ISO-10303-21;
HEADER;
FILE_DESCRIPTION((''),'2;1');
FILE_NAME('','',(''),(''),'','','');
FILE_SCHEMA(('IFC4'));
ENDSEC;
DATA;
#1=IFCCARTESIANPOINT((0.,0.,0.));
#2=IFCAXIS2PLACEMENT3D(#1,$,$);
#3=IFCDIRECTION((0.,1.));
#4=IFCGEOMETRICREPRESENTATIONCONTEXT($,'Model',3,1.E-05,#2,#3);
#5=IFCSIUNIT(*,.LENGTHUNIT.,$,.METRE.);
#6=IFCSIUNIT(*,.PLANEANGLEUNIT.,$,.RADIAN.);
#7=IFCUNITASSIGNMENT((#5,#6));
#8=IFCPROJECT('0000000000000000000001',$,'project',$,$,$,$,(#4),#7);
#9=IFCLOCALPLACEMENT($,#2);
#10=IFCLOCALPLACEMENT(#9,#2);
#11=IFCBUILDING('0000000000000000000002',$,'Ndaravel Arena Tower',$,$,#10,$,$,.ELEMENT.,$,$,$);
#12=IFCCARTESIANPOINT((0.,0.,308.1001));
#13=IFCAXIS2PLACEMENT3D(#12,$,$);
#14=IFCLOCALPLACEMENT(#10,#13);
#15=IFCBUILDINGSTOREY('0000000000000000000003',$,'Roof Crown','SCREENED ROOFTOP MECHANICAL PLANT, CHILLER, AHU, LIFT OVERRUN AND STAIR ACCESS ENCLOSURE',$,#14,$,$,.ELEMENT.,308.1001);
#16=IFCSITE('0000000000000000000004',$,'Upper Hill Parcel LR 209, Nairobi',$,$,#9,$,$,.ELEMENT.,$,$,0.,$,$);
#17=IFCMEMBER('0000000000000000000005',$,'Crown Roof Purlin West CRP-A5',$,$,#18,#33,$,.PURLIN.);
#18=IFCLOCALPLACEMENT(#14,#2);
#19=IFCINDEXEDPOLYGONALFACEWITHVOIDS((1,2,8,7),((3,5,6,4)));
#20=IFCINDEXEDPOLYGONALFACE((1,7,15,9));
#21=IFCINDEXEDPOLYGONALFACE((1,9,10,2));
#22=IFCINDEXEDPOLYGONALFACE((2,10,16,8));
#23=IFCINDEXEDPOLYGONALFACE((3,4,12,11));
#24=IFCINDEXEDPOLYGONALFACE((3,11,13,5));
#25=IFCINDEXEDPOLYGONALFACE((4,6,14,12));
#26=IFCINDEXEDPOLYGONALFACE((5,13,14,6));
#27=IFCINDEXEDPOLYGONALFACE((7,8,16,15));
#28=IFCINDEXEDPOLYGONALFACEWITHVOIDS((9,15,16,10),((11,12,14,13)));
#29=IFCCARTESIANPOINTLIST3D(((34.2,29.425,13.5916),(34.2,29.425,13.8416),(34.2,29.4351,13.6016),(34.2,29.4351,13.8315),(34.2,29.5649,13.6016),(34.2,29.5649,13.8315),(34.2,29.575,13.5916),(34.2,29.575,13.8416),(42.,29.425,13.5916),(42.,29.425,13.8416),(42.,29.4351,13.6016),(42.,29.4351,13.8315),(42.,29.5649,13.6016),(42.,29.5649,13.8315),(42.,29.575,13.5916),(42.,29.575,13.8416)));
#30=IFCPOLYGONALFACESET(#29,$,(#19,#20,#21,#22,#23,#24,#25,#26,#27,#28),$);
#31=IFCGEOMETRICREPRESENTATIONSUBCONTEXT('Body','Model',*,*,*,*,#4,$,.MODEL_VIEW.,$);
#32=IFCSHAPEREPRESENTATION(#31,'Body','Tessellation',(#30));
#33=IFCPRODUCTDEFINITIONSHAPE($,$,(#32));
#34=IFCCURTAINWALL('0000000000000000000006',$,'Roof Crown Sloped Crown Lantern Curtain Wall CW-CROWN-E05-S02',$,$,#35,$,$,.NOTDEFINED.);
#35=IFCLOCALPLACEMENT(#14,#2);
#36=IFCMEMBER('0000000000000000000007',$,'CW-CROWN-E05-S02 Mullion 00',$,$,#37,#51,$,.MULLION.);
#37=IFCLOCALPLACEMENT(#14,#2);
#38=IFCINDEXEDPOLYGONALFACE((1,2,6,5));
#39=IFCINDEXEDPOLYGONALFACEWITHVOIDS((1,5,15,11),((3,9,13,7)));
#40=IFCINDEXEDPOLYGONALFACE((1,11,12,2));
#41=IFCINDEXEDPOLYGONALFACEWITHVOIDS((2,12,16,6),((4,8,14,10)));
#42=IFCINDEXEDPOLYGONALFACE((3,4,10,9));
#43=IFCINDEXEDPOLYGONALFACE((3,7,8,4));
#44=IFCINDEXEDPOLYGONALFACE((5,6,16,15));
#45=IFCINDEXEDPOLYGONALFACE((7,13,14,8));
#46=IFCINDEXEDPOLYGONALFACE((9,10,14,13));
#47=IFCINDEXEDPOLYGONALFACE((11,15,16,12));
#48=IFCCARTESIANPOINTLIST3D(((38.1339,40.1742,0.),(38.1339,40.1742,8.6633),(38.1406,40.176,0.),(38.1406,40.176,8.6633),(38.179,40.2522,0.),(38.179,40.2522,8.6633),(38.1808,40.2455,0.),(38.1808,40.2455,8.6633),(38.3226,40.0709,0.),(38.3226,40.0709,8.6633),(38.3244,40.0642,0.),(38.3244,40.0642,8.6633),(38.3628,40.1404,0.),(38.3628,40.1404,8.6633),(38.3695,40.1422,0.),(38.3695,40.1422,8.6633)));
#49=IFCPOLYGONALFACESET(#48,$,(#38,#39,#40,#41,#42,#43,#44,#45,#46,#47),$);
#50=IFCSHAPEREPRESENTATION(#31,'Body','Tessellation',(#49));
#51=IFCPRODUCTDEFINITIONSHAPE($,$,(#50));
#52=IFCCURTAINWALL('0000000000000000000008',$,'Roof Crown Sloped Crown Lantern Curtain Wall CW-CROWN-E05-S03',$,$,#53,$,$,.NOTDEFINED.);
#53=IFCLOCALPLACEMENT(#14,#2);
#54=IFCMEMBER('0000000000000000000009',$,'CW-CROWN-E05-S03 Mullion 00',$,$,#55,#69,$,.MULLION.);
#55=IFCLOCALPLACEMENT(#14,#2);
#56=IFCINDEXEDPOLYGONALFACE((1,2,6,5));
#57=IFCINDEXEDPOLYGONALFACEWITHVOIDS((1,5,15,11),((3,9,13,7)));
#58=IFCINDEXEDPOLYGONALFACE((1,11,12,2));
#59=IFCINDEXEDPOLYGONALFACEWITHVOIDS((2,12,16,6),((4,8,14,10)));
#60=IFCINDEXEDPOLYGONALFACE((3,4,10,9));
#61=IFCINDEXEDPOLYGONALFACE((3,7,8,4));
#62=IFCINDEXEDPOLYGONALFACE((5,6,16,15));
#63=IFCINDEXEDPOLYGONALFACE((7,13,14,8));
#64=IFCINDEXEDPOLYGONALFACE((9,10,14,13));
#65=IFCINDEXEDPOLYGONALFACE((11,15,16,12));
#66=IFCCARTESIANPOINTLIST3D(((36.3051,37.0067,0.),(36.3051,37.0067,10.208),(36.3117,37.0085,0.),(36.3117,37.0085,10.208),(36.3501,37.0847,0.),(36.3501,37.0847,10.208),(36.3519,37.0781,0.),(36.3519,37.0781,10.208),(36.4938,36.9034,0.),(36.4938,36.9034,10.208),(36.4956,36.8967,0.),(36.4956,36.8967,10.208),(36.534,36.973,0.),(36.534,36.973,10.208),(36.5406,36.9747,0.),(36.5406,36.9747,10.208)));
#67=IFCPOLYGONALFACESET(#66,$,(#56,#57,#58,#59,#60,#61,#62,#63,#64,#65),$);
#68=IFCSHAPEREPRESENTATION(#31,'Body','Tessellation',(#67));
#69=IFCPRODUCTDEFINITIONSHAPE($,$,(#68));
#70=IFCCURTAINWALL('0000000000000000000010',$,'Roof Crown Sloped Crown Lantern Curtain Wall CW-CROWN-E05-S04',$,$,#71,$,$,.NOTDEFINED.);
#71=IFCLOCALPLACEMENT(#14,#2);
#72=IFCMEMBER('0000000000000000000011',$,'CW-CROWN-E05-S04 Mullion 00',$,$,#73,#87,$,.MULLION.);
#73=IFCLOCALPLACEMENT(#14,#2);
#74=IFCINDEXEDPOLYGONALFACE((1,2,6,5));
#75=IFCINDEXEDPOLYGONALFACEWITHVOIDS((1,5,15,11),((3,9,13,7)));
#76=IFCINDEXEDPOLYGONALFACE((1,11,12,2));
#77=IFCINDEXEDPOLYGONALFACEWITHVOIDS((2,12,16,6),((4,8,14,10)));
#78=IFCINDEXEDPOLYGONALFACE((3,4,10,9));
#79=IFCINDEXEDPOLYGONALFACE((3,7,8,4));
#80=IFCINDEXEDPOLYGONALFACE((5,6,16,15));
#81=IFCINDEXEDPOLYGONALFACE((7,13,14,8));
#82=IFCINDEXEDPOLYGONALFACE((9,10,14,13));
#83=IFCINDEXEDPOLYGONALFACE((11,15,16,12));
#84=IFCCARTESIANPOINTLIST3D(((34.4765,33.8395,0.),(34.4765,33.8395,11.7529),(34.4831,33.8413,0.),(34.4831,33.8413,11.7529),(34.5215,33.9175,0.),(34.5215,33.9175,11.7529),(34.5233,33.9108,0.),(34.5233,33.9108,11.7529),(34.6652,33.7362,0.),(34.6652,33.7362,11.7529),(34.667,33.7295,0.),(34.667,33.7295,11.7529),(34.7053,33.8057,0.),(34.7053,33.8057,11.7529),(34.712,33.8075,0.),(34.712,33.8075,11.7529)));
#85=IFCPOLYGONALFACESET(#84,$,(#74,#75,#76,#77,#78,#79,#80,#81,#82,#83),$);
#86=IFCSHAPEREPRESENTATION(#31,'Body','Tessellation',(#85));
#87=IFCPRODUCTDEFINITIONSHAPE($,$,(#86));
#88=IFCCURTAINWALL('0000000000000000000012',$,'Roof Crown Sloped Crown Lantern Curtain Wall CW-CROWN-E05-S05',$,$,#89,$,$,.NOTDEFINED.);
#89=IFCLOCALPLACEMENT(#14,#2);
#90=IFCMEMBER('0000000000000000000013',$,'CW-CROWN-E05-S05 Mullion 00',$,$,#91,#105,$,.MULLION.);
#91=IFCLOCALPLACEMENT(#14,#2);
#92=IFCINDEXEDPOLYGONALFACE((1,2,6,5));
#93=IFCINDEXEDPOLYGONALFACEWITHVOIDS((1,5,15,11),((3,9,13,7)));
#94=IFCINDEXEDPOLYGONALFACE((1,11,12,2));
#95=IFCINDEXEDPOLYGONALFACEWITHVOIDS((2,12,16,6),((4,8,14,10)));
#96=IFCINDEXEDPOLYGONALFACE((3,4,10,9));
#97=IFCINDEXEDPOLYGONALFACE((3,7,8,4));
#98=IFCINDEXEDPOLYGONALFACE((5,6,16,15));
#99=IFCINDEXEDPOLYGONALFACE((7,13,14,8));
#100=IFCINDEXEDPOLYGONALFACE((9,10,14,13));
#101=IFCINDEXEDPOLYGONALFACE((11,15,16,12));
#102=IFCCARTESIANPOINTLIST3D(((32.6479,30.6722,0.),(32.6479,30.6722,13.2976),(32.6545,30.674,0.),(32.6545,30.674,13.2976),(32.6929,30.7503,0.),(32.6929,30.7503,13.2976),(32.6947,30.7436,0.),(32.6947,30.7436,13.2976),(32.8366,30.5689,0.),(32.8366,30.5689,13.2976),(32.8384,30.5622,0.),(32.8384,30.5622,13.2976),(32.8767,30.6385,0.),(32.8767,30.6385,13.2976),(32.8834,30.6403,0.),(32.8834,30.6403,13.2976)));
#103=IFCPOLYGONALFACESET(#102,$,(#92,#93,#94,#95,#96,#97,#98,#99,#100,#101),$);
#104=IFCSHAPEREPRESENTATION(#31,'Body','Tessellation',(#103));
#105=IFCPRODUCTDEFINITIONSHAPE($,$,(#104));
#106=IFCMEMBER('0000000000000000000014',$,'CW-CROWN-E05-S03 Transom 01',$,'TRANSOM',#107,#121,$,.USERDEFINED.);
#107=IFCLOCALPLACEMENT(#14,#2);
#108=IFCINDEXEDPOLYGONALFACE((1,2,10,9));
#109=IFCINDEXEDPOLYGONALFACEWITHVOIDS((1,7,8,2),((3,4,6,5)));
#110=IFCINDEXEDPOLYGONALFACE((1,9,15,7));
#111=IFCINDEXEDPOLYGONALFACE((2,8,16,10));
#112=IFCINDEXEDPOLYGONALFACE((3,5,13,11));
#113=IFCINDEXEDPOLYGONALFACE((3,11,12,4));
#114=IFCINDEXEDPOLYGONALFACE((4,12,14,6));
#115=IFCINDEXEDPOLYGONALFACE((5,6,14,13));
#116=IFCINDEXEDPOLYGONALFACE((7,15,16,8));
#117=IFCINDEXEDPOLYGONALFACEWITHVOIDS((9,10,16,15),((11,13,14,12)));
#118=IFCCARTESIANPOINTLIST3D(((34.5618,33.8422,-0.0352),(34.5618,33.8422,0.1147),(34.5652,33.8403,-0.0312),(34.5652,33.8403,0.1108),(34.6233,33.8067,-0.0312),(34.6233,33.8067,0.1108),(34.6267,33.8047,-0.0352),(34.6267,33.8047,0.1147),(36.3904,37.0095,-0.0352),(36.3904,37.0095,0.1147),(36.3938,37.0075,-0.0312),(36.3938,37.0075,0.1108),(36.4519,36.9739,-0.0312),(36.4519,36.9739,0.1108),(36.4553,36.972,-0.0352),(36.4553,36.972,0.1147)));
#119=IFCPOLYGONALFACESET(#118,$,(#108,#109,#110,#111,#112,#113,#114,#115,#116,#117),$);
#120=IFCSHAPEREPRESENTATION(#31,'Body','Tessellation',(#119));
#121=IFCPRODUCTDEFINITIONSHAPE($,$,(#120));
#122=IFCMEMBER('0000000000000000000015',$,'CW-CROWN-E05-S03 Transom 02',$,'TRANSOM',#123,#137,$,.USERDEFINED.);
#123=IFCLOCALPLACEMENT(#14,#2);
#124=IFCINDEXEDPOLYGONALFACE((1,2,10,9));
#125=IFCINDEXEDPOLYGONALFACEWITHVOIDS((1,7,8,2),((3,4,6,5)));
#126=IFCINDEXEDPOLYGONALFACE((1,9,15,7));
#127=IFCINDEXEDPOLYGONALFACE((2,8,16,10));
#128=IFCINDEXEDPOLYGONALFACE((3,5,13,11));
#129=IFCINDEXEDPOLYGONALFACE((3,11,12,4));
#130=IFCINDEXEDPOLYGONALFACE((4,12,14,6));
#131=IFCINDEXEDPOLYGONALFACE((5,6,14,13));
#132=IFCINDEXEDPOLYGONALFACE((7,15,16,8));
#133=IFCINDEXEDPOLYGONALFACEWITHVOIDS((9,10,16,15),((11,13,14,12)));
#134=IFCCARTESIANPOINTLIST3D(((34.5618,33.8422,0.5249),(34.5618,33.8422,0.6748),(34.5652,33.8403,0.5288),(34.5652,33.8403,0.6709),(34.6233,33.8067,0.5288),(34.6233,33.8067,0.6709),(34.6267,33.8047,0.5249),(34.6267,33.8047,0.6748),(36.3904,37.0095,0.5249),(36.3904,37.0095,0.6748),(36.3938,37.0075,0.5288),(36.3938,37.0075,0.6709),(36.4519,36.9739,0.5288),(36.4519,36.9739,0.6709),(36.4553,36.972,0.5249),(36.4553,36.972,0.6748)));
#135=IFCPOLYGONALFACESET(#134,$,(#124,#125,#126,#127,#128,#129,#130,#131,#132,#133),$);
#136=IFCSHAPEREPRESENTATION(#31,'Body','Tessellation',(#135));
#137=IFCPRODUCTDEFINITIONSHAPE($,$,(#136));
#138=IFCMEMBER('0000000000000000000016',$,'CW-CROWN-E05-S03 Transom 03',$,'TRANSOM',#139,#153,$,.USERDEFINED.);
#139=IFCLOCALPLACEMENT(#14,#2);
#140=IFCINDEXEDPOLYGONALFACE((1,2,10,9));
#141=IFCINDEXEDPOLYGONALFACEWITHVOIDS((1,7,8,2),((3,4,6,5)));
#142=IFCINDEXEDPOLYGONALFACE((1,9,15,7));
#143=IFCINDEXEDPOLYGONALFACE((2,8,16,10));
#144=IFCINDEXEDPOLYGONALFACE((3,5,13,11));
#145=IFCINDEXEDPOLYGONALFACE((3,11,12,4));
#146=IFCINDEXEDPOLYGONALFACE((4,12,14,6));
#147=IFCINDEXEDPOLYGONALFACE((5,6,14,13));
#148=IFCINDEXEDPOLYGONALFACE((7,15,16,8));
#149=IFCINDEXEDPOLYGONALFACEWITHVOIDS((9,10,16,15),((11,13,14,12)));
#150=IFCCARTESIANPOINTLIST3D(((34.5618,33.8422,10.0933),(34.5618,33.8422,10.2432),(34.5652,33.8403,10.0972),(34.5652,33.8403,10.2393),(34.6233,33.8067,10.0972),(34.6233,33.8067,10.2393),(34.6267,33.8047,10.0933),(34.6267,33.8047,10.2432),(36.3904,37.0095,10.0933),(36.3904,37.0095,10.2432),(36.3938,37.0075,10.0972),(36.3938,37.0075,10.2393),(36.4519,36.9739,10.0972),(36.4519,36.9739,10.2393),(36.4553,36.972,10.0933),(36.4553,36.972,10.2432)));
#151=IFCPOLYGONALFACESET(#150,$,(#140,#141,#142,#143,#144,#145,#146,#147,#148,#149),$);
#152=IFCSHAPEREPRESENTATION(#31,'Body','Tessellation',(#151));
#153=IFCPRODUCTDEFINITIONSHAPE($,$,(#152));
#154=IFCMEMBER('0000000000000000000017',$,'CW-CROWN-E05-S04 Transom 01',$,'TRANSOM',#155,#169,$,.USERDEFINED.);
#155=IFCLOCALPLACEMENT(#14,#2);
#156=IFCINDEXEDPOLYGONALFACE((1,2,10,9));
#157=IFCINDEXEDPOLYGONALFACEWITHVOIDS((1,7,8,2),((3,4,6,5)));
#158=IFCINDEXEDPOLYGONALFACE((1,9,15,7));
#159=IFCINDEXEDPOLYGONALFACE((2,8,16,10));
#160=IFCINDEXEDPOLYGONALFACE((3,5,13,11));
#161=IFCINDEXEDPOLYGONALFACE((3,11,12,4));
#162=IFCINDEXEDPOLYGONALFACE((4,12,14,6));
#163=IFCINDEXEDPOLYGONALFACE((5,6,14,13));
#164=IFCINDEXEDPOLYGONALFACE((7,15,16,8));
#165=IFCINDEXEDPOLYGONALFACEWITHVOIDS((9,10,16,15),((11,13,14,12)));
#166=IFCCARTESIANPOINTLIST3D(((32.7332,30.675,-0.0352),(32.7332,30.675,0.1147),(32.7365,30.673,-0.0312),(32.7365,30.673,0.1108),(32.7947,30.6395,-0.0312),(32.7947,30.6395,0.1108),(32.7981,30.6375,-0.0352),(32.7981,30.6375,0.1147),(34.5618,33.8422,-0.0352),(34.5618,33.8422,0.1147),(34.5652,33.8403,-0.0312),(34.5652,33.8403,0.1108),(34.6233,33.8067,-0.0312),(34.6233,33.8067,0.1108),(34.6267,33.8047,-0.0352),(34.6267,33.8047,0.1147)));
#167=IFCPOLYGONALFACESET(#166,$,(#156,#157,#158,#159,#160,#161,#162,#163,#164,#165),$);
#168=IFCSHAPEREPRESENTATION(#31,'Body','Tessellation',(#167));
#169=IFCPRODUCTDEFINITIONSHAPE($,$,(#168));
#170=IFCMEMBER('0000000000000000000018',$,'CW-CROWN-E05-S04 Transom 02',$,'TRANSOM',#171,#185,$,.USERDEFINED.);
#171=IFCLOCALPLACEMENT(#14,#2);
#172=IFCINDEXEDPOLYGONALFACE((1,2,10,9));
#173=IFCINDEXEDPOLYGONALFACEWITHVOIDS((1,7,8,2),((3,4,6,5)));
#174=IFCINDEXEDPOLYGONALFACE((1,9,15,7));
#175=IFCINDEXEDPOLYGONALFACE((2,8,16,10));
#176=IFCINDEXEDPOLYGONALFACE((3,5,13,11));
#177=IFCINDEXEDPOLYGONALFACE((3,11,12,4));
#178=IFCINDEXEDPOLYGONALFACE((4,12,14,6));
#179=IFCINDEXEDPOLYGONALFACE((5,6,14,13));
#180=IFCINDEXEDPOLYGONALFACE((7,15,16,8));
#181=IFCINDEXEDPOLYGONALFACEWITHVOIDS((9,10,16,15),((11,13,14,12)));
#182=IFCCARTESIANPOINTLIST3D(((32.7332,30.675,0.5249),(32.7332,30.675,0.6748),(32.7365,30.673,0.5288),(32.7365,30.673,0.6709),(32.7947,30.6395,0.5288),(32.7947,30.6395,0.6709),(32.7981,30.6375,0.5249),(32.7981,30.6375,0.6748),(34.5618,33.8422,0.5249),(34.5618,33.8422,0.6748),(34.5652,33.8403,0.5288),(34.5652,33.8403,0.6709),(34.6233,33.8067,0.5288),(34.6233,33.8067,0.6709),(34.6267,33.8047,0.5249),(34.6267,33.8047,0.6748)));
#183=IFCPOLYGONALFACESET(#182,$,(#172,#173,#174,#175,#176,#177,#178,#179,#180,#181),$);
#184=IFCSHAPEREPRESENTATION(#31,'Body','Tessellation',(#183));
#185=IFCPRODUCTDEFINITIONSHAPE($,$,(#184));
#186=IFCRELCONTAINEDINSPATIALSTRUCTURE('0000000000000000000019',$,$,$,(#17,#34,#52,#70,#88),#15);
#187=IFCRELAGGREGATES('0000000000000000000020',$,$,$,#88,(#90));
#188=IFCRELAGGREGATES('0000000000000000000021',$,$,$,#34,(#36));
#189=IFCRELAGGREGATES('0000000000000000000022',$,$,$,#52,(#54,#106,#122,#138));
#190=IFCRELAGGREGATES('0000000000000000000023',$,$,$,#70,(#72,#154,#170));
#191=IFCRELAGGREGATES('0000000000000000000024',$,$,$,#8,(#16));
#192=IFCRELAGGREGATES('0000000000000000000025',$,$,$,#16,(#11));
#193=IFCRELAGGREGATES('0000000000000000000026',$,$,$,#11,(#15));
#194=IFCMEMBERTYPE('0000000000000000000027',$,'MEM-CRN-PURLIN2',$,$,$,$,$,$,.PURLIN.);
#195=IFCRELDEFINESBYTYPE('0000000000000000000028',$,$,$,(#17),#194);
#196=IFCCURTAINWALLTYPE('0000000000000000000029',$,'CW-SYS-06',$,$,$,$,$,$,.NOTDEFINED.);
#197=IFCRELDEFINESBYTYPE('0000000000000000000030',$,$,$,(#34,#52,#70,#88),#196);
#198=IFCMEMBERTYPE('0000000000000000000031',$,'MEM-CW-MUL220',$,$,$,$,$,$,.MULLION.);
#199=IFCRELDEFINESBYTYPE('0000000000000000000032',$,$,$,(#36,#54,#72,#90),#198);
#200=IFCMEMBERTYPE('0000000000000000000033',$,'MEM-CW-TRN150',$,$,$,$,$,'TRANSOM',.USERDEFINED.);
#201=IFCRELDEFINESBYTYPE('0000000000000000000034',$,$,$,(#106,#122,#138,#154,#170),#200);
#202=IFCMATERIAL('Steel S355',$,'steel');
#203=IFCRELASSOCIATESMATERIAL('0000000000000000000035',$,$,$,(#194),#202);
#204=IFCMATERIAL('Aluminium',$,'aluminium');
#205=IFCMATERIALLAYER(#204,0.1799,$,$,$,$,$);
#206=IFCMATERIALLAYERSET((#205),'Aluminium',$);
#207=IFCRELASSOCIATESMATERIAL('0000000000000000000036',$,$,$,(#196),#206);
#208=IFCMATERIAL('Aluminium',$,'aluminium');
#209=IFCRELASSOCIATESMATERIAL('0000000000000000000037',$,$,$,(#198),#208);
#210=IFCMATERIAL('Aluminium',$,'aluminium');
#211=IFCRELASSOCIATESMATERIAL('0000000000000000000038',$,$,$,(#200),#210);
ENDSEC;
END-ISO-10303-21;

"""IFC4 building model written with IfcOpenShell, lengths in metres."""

from ifc_helpers import new_model, si_unit, direction, frame, origin, origin_2d, place, context, subcontext, project, spatial, hollow_rectangle, extrude, material, layer, layer_set, material_profile, profile_set, type_object, element, aggregate, save


model = new_model("IFC4")

# Units and contexts
model_context = context("Model", 3, precision=1e-05, world=origin(), true_north=direction((0.0, 1.0)))
body_context = subcontext(model_context, "Body", "Model", "MODEL_VIEW")
ifc_project = project(units=[si_unit("LENGTHUNIT", "METRE"), si_unit("PLANEANGLEUNIT", "RADIAN")], contexts=[model_context])

# Site, building, storey
site_placement = place(None, origin())
site = spatial("IfcSite", under=ifc_project, at=site_placement, Name="Upper Hill Parcel LR 209, Nairobi", CompositionType="ELEMENT", RefElevation=0.0)
building_placement = place(site_placement, origin())
building = spatial("IfcBuilding", under=site, at=building_placement, Name="Ndaravel Arena Tower", CompositionType="ELEMENT")
storey_placement = place(building_placement, frame((0.0, 0.0, 308.1001)))
storey = spatial("IfcBuildingStorey", under=building, at=storey_placement, Name="Roof Crown", Description="SCREENED ROOFTOP MECHANICAL PLANT, CHILLER, AHU, LIFT OVERRUN AND STAIR ACCESS ENCLOSURE", CompositionType="ELEMENT", Elevation=308.1001)

# Member
ifc_material_1 = material(Name="Steel S355", Category="steel")
ifc_material_profile_1 = material_profile(ifc_material_1, hollow_rectangle(XDim=0.1499, YDim=0.25, WallThickness=0.01, at=origin_2d()), Name="RHS 250x150x10")
ifc_profile_set_1 = profile_set([ifc_material_profile_1], Name="Steel S355")
member_type_1 = type_object("IfcMemberType", Name="MEM-CRN-PURLIN2", PredefinedType="PURLIN", material=ifc_profile_set_1)
member_1_placement = place(storey_placement, frame((34.2, 29.5, 13.7166), z_axis=(1.0, 0.0, 0.0), x_axis=(0.0, 1.0, 0.0)))
element("IfcMember", 1, at=member_1_placement, inside=storey, type_object=member_type_1, Name="Crown Roof Purlin West CRP-A5", PredefinedType="PURLIN", context=body_context, shape_type="SweptSolid", body=[
    extrude(hollow_rectangle(XDim=0.1499, YDim=0.25, WallThickness=0.01, at=origin_2d()), origin(), (0.0, 0.0, 1.0), 7.8),
])

# Curtain walls, members
ifc_material_2 = material(Name="Aluminium", Category="aluminium")
ifc_layer_1 = layer(ifc_material_2, 0.1799)
ifc_layer_set_1 = layer_set([ifc_layer_1], Name="Aluminium")
curtain_wall_type = type_object("IfcCurtainWallType", Name="CW-SYS-06", PredefinedType="NOTDEFINED", material=ifc_layer_set_1)
curtain_wall_1_placement = place(storey_placement, origin())
curtain_wall_1 = element("IfcCurtainWall", 2, at=curtain_wall_1_placement, inside=storey, type_object=curtain_wall_type, Name="Roof Crown Sloped Crown Lantern Curtain Wall CW-CROWN-E05-S02", PredefinedType="NOTDEFINED")
ifc_material_3 = material(Name="Aluminium", Category="aluminium")
ifc_material_profile_2 = material_profile(ifc_material_3, hollow_rectangle(XDim=0.0901, YDim=0.22, WallThickness=0.0049, at=origin_2d()), Name="CW MULLION 90x220x5")
ifc_profile_set_2 = profile_set([ifc_material_profile_2], Name="Aluminium")
member_type_2 = type_object("IfcMemberType", Name="MEM-CW-MUL220", PredefinedType="MULLION", material=ifc_profile_set_2)
member_2_placement = place(storey_placement, frame((38.2517, 40.1582, 0.0), z_axis=(0.0, 0.0, 1.0), x_axis=(-0.500015, -0.866017, 0.0)))
member_2 = element("IfcMember", 3, at=member_2_placement, type_object=member_type_2, Name="CW-CROWN-E05-S02 Mullion 00", PredefinedType="MULLION", context=body_context, shape_type="SweptSolid", body=[
    extrude(hollow_rectangle(XDim=0.0901, YDim=0.22, WallThickness=0.0049, at=origin_2d()), origin(), (0.0, 0.0, 1.0), 8.6633),
])
curtain_wall_2_placement = place(storey_placement, origin())
curtain_wall_2 = element("IfcCurtainWall", 4, at=curtain_wall_2_placement, inside=storey, type_object=curtain_wall_type, Name="Roof Crown Sloped Crown Lantern Curtain Wall CW-CROWN-E05-S03", PredefinedType="NOTDEFINED")
member_3_placement = place(storey_placement, frame((36.4229, 36.9907, 0.0), z_axis=(0.0, 0.0, 1.0), x_axis=(-0.499985, -0.866034, 0.0)))
member_3 = element("IfcMember", 5, at=member_3_placement, type_object=member_type_2, Name="CW-CROWN-E05-S03 Mullion 00", PredefinedType="MULLION", context=body_context, shape_type="SweptSolid", body=[
    extrude(hollow_rectangle(XDim=0.0901, YDim=0.22, WallThickness=0.0049, at=origin_2d()), origin(), (0.0, 0.0, 1.0), 10.208),
])
curtain_wall_3_placement = place(storey_placement, origin())
curtain_wall_3 = element("IfcCurtainWall", 6, at=curtain_wall_3_placement, inside=storey, type_object=curtain_wall_type, Name="Roof Crown Sloped Crown Lantern Curtain Wall CW-CROWN-E05-S04", PredefinedType="NOTDEFINED")
member_4_placement = place(storey_placement, frame((34.5942, 33.8235, 0.0), z_axis=(0.0, 0.0, 1.0), x_axis=(-0.499985, -0.866034, 0.0)))
member_4 = element("IfcMember", 7, at=member_4_placement, type_object=member_type_2, Name="CW-CROWN-E05-S04 Mullion 00", PredefinedType="MULLION", context=body_context, shape_type="SweptSolid", body=[
    extrude(hollow_rectangle(XDim=0.0901, YDim=0.22, WallThickness=0.0049, at=origin_2d()), origin(), (0.0, 0.0, 1.0), 11.7529),
])
curtain_wall_4_placement = place(storey_placement, origin())
curtain_wall_4 = element("IfcCurtainWall", 8, at=curtain_wall_4_placement, inside=storey, type_object=curtain_wall_type, Name="Roof Crown Sloped Crown Lantern Curtain Wall CW-CROWN-E05-S05", PredefinedType="NOTDEFINED")
member_5_placement = place(storey_placement, frame((32.7656, 30.6562, 0.0), z_axis=(0.0, 0.0, 1.0), x_axis=(-0.500015, -0.866017, 0.0)))
member_5 = element("IfcMember", 9, at=member_5_placement, type_object=member_type_2, Name="CW-CROWN-E05-S05 Mullion 00", PredefinedType="MULLION", context=body_context, shape_type="SweptSolid", body=[
    extrude(hollow_rectangle(XDim=0.0901, YDim=0.22, WallThickness=0.0049, at=origin_2d()), origin(), (0.0, 0.0, 1.0), 13.2976),
])

# Members
ifc_material_4 = material(Name="Aluminium", Category="aluminium")
ifc_material_profile_3 = material_profile(ifc_material_4, hollow_rectangle(XDim=0.075, YDim=0.1499, WallThickness=0.0039, at=origin_2d()), Name="CW TRANSOM 75x150x4")
ifc_profile_set_3 = profile_set([ifc_material_profile_3], Name="Aluminium")
member_type_3 = type_object("IfcMemberType", Name="MEM-CW-TRN150", ElementType="TRANSOM", PredefinedType="USERDEFINED", material=ifc_profile_set_3)
member_6_placement = place(storey_placement, frame((36.4229, 36.9907, 0.0398), z_axis=(-0.500002, -0.866024, 0.0), x_axis=(0.866024, -0.500002, 0.0)))
member_6 = element("IfcMember", 10, at=member_6_placement, type_object=member_type_3, Name="CW-CROWN-E05-S03 Transom 01", ObjectType="TRANSOM", PredefinedType="USERDEFINED", context=body_context, shape_type="SweptSolid", body=[
    extrude(hollow_rectangle(XDim=0.075, YDim=0.1499, WallThickness=0.0039, at=origin_2d()), origin(), (0.0, 0.0, 1.0), 3.6572),
])
member_7_placement = place(storey_placement, frame((36.4229, 36.9907, 0.5999), z_axis=(-0.500002, -0.866024, 0.0), x_axis=(0.866024, -0.500002, 0.0)))
member_7 = element("IfcMember", 11, at=member_7_placement, type_object=member_type_3, Name="CW-CROWN-E05-S03 Transom 02", ObjectType="TRANSOM", PredefinedType="USERDEFINED", context=body_context, shape_type="SweptSolid", body=[
    extrude(hollow_rectangle(XDim=0.075, YDim=0.1499, WallThickness=0.0039, at=origin_2d()), origin(), (0.0, 0.0, 1.0), 3.6572),
])
member_8_placement = place(storey_placement, frame((36.4229, 36.9907, 10.1682), z_axis=(-0.500002, -0.866024, 0.0), x_axis=(0.866024, -0.500002, 0.0)))
member_8 = element("IfcMember", 12, at=member_8_placement, type_object=member_type_3, Name="CW-CROWN-E05-S03 Transom 03", ObjectType="TRANSOM", PredefinedType="USERDEFINED", context=body_context, shape_type="SweptSolid", body=[
    extrude(hollow_rectangle(XDim=0.075, YDim=0.1499, WallThickness=0.0039, at=origin_2d()), origin(), (0.0, 0.0, 1.0), 3.6572),
])
member_9_placement = place(storey_placement, frame((34.5942, 33.8235, 0.0398), z_axis=(-0.500002, -0.866024, 0.0), x_axis=(0.866024, -0.500002, 0.0)))
member_9 = element("IfcMember", 13, at=member_9_placement, type_object=member_type_3, Name="CW-CROWN-E05-S04 Transom 01", ObjectType="TRANSOM", PredefinedType="USERDEFINED", context=body_context, shape_type="SweptSolid", body=[
    extrude(hollow_rectangle(XDim=0.075, YDim=0.1499, WallThickness=0.0039, at=origin_2d()), origin(), (0.0, 0.0, 1.0), 3.6572),
])
member_10_placement = place(storey_placement, frame((34.5942, 33.8235, 0.5999), z_axis=(-0.500002, -0.866024, 0.0), x_axis=(0.866024, -0.500002, 0.0)))
member_10 = element("IfcMember", 14, at=member_10_placement, type_object=member_type_3, Name="CW-CROWN-E05-S04 Transom 02", ObjectType="TRANSOM", PredefinedType="USERDEFINED", context=body_context, shape_type="SweptSolid", body=[
    extrude(hollow_rectangle(XDim=0.075, YDim=0.1499, WallThickness=0.0039, at=origin_2d()), origin(), (0.0, 0.0, 1.0), 3.6572),
])
aggregate(curtain_wall_4, [member_5])

aggregate(curtain_wall_1, [member_2])
aggregate(curtain_wall_2, [member_3, member_6, member_7, member_8])
aggregate(curtain_wall_3, [member_4, member_9, member_10])

save(model, "model.ifc")
